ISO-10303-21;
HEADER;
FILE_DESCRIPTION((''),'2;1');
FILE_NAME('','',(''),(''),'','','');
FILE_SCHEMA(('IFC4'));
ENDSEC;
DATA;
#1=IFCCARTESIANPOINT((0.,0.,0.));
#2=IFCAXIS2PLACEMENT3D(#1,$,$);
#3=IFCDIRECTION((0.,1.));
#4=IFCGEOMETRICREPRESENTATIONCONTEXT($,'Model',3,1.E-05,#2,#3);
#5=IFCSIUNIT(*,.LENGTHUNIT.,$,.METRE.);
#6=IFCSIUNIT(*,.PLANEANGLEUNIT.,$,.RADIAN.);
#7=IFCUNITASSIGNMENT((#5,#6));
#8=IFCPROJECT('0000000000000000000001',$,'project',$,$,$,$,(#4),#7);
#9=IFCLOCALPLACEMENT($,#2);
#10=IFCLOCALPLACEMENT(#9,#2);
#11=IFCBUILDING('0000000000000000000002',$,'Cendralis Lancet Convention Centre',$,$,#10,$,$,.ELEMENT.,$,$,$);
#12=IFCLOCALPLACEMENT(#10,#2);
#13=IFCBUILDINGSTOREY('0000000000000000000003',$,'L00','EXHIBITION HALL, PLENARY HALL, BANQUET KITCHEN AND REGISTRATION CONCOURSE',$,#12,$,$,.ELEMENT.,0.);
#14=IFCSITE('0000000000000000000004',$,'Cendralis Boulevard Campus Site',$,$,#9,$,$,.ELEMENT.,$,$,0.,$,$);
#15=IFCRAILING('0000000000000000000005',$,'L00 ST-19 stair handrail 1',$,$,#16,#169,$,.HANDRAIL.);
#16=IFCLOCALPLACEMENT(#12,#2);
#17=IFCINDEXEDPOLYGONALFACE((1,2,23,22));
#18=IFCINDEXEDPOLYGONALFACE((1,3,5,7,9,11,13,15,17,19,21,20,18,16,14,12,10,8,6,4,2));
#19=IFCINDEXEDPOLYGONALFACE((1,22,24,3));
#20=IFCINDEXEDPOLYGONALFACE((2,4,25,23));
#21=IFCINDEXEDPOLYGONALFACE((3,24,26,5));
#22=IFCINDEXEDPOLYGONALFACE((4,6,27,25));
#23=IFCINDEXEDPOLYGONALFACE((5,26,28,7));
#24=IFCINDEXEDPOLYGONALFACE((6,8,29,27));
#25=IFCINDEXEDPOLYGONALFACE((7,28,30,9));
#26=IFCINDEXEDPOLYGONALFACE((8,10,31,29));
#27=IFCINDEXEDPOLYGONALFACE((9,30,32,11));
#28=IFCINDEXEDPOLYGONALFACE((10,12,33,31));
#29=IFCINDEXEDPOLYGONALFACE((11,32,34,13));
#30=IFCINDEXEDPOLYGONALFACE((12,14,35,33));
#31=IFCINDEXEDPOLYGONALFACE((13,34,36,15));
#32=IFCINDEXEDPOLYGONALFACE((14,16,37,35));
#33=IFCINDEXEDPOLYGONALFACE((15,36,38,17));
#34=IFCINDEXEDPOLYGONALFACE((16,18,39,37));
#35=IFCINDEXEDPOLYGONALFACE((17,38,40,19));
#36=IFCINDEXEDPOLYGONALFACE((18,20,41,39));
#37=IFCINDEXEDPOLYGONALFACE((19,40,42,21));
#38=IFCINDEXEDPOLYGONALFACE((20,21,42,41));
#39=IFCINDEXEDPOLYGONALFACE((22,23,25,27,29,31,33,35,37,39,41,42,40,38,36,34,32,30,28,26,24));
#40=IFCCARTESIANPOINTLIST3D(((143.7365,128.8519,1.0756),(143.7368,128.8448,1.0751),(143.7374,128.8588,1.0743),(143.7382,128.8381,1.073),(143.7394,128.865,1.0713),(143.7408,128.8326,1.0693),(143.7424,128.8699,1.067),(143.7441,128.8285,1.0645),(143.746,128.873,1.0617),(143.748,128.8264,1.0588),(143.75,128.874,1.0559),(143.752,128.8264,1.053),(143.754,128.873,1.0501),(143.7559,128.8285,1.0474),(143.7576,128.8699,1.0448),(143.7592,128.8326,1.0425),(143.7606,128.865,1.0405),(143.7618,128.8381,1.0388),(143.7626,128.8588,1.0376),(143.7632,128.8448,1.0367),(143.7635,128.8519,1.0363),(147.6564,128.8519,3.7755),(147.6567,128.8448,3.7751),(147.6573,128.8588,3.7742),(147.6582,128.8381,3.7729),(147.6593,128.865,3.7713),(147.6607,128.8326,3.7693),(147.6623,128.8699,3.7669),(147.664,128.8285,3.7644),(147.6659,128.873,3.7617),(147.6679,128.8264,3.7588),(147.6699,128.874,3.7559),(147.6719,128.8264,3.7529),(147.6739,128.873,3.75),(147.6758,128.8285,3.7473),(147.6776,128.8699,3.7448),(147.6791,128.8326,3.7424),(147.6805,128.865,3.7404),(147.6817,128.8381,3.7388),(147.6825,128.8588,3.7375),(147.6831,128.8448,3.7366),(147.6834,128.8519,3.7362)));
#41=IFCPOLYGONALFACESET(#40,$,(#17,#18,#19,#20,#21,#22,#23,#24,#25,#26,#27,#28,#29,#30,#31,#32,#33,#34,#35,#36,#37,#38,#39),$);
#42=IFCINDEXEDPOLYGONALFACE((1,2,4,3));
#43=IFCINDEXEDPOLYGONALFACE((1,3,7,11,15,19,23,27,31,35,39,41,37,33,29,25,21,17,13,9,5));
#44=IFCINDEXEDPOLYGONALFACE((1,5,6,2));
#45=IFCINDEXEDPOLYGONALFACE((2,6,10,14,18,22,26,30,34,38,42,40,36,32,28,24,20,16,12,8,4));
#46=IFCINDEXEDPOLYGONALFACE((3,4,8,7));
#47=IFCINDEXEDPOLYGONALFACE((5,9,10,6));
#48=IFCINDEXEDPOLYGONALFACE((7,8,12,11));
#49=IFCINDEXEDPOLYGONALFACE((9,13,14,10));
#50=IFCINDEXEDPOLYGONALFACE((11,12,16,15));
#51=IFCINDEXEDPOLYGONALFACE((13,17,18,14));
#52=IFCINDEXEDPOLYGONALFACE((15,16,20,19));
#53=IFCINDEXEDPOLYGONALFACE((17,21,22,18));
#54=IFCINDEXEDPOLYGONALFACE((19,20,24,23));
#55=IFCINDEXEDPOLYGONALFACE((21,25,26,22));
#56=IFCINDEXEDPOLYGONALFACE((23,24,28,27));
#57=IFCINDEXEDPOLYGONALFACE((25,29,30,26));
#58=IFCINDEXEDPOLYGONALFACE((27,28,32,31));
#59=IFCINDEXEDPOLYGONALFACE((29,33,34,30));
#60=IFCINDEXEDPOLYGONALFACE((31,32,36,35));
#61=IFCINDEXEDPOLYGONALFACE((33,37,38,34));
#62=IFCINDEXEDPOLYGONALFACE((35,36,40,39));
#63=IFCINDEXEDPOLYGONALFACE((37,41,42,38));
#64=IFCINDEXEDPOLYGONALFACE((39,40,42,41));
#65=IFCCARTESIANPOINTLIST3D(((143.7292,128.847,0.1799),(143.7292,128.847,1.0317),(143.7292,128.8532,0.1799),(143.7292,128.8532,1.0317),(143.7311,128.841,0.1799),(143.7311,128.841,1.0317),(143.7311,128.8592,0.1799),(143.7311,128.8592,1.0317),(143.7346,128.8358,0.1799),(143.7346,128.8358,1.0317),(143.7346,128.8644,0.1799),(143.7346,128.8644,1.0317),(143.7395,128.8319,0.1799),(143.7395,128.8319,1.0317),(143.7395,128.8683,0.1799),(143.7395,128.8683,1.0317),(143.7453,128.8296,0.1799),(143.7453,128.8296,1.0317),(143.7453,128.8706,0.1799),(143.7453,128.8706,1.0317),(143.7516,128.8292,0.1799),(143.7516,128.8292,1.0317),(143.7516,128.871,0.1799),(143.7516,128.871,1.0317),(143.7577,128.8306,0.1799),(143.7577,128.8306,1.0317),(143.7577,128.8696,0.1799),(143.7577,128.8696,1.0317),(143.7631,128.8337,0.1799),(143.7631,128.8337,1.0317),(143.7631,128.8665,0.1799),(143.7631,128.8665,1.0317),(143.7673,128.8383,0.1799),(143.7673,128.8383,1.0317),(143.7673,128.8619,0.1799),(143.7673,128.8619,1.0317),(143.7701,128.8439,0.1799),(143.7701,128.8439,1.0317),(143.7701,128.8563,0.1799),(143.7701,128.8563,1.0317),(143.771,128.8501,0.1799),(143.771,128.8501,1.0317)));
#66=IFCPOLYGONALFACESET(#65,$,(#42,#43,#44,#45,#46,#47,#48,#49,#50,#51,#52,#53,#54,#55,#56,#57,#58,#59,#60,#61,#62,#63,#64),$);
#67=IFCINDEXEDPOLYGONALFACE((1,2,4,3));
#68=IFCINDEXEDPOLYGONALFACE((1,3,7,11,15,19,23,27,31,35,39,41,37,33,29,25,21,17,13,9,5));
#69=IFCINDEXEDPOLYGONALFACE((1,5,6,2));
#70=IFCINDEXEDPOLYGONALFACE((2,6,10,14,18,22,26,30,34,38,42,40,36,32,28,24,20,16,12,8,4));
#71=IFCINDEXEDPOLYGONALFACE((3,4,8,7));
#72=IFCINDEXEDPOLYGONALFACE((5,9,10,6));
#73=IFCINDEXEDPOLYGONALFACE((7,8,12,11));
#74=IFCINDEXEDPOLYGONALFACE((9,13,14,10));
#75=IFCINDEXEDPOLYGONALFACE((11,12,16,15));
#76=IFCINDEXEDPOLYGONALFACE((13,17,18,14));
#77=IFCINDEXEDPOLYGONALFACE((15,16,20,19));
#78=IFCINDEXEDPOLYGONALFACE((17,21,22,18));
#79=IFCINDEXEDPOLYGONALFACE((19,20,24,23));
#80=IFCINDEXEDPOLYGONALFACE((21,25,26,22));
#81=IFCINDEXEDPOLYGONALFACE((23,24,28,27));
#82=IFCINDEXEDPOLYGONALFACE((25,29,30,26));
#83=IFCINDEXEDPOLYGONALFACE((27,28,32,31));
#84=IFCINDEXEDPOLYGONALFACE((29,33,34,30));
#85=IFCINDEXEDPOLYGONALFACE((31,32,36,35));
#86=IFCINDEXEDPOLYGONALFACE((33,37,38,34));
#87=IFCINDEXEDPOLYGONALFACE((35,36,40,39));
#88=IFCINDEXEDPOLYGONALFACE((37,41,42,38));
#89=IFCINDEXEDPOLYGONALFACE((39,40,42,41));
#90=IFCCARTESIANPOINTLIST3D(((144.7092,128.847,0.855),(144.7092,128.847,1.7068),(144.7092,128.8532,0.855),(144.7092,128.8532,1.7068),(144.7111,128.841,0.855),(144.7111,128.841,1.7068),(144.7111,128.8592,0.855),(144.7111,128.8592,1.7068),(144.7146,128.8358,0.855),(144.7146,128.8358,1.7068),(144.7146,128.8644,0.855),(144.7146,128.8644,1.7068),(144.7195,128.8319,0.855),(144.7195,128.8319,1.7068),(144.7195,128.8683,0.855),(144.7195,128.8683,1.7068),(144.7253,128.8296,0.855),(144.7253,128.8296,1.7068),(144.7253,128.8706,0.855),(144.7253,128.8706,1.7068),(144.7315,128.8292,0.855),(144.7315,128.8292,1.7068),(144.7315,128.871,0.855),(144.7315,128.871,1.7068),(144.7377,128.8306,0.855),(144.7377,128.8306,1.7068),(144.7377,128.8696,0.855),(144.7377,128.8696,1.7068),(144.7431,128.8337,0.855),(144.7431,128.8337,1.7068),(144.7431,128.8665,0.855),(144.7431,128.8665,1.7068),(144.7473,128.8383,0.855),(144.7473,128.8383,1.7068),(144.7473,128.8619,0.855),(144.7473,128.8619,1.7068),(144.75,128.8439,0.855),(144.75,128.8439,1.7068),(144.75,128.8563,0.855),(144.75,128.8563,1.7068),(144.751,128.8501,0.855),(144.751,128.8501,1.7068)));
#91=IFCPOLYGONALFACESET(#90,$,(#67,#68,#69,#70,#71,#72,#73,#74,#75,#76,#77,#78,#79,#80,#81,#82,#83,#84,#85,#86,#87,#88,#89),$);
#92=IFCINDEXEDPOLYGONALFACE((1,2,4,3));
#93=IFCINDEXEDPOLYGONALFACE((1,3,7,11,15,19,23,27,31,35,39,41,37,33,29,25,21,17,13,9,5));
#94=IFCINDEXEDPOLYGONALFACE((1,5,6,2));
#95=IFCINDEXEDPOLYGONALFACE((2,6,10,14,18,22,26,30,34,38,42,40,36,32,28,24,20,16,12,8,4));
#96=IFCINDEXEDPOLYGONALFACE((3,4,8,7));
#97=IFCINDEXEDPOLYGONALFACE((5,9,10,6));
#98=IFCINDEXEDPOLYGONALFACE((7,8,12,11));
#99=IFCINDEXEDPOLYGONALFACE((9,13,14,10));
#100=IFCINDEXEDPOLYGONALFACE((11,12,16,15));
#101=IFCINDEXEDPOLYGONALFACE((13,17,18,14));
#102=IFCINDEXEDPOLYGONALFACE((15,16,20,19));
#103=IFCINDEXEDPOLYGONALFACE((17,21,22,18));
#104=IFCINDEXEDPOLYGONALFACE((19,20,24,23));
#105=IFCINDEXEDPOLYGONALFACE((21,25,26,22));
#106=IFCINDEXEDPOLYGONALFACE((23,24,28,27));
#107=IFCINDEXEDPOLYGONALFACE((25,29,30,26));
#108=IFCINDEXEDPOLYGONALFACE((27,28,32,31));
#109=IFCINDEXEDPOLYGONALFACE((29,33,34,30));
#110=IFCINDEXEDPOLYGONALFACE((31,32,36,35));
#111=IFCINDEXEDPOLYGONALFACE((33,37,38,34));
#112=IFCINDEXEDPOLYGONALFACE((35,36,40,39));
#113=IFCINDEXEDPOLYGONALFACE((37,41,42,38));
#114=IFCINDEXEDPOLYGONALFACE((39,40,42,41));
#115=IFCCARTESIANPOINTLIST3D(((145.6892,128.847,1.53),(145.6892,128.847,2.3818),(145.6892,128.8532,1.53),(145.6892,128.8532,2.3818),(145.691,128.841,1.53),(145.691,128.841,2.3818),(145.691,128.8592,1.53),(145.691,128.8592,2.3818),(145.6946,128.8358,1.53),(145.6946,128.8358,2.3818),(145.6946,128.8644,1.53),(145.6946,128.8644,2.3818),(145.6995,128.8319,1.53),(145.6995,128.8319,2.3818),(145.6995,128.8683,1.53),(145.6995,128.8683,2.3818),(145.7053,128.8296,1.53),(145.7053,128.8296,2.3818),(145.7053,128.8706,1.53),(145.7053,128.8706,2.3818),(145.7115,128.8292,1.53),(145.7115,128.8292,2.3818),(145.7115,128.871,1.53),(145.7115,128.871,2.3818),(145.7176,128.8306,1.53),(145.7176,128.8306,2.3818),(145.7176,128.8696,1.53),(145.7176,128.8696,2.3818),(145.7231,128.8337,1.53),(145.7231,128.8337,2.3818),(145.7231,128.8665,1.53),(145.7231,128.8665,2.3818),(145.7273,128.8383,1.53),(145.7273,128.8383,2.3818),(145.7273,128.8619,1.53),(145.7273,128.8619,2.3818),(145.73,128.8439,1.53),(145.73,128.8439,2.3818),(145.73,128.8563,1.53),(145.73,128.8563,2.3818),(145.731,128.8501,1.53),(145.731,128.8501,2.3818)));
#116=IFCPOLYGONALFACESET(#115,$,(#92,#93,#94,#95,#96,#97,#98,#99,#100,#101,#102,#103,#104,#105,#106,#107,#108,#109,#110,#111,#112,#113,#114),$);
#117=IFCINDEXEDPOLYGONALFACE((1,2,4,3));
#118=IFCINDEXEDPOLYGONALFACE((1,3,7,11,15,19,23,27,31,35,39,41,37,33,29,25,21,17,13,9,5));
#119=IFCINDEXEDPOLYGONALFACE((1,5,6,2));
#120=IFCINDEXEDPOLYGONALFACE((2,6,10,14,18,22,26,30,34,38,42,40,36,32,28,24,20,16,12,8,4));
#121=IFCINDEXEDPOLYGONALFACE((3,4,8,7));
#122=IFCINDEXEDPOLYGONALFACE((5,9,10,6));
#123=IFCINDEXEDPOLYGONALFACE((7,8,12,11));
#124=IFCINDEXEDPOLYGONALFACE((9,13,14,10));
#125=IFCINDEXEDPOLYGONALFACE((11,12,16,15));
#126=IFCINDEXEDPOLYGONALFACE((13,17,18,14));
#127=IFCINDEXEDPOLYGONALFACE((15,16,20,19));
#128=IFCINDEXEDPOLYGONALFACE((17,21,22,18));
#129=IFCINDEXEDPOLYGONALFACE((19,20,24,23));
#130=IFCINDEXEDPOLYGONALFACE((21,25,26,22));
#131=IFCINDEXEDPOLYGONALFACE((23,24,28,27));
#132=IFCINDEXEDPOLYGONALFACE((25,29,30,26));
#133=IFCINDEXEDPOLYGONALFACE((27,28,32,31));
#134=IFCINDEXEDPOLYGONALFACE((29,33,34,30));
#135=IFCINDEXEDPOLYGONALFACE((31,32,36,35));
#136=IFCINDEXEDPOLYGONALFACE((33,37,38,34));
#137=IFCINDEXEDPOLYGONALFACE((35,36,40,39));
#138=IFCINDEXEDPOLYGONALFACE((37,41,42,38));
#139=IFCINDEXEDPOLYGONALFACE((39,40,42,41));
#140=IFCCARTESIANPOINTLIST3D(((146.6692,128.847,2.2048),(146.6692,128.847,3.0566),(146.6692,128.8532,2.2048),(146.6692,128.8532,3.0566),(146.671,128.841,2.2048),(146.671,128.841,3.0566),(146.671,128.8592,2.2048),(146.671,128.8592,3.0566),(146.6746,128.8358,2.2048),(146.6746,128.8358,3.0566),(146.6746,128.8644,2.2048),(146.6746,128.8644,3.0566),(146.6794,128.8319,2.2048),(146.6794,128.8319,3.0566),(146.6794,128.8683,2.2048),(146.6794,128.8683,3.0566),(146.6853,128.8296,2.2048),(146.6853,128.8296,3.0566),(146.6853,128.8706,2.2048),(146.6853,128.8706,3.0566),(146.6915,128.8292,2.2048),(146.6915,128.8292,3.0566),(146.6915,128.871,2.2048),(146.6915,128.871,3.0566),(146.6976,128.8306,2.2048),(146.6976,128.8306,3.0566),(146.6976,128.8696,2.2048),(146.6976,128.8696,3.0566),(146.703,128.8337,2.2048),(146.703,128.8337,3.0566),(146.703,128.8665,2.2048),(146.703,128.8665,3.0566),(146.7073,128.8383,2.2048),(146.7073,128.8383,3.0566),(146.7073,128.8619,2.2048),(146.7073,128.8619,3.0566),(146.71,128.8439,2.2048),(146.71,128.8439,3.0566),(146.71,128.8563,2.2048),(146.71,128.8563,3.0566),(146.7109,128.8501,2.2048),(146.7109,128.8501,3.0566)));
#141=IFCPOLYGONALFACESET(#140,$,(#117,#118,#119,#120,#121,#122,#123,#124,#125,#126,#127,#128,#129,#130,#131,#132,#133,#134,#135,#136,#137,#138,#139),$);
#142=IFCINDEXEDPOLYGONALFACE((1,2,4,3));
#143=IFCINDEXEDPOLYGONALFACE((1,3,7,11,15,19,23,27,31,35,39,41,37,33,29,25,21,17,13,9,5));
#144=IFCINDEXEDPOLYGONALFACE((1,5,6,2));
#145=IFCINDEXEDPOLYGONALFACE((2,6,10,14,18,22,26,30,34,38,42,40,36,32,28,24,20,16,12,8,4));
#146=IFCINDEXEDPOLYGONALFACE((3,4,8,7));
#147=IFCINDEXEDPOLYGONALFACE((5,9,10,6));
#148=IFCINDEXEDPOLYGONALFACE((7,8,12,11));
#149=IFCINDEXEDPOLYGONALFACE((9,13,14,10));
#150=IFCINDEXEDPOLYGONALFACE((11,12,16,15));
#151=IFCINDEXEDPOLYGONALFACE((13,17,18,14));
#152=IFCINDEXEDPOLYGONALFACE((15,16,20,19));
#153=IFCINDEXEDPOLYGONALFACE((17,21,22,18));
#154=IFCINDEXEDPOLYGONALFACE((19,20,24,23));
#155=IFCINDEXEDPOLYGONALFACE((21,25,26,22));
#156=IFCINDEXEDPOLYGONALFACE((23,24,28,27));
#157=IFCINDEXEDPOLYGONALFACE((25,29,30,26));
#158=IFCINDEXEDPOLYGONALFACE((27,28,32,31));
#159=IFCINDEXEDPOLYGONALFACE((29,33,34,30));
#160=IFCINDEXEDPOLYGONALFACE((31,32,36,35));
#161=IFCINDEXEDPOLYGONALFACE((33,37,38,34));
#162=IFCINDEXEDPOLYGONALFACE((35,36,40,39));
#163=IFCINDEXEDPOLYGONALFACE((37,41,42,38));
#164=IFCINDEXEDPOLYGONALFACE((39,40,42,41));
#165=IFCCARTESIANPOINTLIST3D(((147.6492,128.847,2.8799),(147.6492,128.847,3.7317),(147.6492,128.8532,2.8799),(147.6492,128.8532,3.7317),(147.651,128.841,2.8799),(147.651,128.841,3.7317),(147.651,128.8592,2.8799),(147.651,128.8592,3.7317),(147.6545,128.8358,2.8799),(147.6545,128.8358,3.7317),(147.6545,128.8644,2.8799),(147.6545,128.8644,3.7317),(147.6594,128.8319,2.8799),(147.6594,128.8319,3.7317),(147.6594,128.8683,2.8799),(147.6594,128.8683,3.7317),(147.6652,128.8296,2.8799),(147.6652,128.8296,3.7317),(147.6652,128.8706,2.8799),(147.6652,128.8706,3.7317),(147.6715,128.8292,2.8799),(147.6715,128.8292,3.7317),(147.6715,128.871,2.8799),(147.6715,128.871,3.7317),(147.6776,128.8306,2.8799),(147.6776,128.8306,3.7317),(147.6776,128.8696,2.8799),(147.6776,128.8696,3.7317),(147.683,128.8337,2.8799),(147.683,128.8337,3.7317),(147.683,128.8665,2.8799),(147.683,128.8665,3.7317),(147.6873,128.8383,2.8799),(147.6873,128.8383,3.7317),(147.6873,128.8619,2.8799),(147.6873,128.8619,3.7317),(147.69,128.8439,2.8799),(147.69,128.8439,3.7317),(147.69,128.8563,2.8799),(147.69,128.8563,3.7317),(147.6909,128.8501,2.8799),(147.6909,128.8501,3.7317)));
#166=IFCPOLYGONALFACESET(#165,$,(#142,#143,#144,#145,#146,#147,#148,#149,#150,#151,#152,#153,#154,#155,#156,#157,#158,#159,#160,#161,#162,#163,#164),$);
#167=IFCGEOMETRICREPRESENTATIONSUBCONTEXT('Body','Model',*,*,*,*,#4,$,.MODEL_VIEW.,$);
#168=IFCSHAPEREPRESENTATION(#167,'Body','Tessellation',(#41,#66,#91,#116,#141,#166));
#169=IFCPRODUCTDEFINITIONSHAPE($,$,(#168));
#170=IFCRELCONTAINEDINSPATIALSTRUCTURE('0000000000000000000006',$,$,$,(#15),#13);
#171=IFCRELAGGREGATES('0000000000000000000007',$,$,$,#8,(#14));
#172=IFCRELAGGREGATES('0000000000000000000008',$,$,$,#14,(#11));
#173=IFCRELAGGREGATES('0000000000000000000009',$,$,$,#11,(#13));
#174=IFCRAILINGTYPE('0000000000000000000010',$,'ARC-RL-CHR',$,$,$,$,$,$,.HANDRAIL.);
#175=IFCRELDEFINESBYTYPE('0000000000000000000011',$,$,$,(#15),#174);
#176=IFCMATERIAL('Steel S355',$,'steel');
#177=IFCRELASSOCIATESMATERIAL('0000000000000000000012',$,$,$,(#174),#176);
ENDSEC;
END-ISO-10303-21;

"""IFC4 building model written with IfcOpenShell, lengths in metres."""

from ifc_helpers import new_model, si_unit, direction, frame, origin, origin_2d, place, context, subcontext, project, spatial, circle, extrude, material, type_object, element, save


model = new_model("IFC4")

# Units and contexts
model_context = context("Model", 3, precision=1e-05, world=origin(), true_north=direction((0.0, 1.0)))
body_context = subcontext(model_context, "Body", "Model", "MODEL_VIEW")
ifc_project = project(units=[si_unit("LENGTHUNIT", "METRE"), si_unit("PLANEANGLEUNIT", "RADIAN")], contexts=[model_context])

# Site, building, storey
site_placement = place(None, origin())
site = spatial("IfcSite", under=ifc_project, at=site_placement, Name="Cendralis Boulevard Campus Site", CompositionType="ELEMENT", RefElevation=0.0)
building_placement = place(site_placement, origin())
building = spatial("IfcBuilding", under=site, at=building_placement, Name="Cendralis Lancet Convention Centre", CompositionType="ELEMENT")
storey_placement = place(building_placement, origin())
storey = spatial("IfcBuildingStorey", under=building, at=storey_placement, Name="L00", Description="EXHIBITION HALL, PLENARY HALL, BANQUET KITCHEN AND REGISTRATION CONCOURSE", CompositionType="ELEMENT", Elevation=0.0)

# Shared definitions
ifc_material_1 = material(Name="Steel S355", Category="steel")

# Railing
railing_type_1 = type_object("IfcRailingType", Name="ARC-RL-CHR", PredefinedType="HANDRAIL", material=ifc_material_1)
railing_1_placement = place(storey_placement, frame((143.75, 128.8501, 0.1799)))
element("IfcRailing", 1, at=railing_1_placement, inside=storey, type_object=railing_type_1, Name="L00 ST-19 stair handrail 1", PredefinedType="HANDRAIL", context=body_context, shape_type="SweptSolid", body=[
    extrude(circle(Radius=0.0239, at=origin_2d()), frame((0.0, 0.0, 0.876), z_axis=(0.823551, 0.0, 0.567243), x_axis=(0.0, 1.0, 0.0)), (0.0, 0.0, 1.0), 4.7598),
    extrude(circle(Radius=0.021, at=origin_2d()), origin(), (0.0, 0.0, 1.0), 0.8518),
    extrude(circle(Radius=0.021, at=origin_2d()), frame((0.98, 0.0, 0.675)), (0.0, 0.0, 1.0), 0.8518),
    extrude(circle(Radius=0.021, at=origin_2d()), frame((1.96, 0.0, 1.3501)), (0.0, 0.0, 1.0), 0.8518),
    extrude(circle(Radius=0.021, at=origin_2d()), frame((2.9399, 0.0, 2.0249)), (0.0, 0.0, 1.0), 0.8518),
    extrude(circle(Radius=0.021, at=origin_2d()), frame((3.9199, 0.0, 2.7)), (0.0, 0.0, 1.0), 0.8518),
])

save(model, "model.ifc")
